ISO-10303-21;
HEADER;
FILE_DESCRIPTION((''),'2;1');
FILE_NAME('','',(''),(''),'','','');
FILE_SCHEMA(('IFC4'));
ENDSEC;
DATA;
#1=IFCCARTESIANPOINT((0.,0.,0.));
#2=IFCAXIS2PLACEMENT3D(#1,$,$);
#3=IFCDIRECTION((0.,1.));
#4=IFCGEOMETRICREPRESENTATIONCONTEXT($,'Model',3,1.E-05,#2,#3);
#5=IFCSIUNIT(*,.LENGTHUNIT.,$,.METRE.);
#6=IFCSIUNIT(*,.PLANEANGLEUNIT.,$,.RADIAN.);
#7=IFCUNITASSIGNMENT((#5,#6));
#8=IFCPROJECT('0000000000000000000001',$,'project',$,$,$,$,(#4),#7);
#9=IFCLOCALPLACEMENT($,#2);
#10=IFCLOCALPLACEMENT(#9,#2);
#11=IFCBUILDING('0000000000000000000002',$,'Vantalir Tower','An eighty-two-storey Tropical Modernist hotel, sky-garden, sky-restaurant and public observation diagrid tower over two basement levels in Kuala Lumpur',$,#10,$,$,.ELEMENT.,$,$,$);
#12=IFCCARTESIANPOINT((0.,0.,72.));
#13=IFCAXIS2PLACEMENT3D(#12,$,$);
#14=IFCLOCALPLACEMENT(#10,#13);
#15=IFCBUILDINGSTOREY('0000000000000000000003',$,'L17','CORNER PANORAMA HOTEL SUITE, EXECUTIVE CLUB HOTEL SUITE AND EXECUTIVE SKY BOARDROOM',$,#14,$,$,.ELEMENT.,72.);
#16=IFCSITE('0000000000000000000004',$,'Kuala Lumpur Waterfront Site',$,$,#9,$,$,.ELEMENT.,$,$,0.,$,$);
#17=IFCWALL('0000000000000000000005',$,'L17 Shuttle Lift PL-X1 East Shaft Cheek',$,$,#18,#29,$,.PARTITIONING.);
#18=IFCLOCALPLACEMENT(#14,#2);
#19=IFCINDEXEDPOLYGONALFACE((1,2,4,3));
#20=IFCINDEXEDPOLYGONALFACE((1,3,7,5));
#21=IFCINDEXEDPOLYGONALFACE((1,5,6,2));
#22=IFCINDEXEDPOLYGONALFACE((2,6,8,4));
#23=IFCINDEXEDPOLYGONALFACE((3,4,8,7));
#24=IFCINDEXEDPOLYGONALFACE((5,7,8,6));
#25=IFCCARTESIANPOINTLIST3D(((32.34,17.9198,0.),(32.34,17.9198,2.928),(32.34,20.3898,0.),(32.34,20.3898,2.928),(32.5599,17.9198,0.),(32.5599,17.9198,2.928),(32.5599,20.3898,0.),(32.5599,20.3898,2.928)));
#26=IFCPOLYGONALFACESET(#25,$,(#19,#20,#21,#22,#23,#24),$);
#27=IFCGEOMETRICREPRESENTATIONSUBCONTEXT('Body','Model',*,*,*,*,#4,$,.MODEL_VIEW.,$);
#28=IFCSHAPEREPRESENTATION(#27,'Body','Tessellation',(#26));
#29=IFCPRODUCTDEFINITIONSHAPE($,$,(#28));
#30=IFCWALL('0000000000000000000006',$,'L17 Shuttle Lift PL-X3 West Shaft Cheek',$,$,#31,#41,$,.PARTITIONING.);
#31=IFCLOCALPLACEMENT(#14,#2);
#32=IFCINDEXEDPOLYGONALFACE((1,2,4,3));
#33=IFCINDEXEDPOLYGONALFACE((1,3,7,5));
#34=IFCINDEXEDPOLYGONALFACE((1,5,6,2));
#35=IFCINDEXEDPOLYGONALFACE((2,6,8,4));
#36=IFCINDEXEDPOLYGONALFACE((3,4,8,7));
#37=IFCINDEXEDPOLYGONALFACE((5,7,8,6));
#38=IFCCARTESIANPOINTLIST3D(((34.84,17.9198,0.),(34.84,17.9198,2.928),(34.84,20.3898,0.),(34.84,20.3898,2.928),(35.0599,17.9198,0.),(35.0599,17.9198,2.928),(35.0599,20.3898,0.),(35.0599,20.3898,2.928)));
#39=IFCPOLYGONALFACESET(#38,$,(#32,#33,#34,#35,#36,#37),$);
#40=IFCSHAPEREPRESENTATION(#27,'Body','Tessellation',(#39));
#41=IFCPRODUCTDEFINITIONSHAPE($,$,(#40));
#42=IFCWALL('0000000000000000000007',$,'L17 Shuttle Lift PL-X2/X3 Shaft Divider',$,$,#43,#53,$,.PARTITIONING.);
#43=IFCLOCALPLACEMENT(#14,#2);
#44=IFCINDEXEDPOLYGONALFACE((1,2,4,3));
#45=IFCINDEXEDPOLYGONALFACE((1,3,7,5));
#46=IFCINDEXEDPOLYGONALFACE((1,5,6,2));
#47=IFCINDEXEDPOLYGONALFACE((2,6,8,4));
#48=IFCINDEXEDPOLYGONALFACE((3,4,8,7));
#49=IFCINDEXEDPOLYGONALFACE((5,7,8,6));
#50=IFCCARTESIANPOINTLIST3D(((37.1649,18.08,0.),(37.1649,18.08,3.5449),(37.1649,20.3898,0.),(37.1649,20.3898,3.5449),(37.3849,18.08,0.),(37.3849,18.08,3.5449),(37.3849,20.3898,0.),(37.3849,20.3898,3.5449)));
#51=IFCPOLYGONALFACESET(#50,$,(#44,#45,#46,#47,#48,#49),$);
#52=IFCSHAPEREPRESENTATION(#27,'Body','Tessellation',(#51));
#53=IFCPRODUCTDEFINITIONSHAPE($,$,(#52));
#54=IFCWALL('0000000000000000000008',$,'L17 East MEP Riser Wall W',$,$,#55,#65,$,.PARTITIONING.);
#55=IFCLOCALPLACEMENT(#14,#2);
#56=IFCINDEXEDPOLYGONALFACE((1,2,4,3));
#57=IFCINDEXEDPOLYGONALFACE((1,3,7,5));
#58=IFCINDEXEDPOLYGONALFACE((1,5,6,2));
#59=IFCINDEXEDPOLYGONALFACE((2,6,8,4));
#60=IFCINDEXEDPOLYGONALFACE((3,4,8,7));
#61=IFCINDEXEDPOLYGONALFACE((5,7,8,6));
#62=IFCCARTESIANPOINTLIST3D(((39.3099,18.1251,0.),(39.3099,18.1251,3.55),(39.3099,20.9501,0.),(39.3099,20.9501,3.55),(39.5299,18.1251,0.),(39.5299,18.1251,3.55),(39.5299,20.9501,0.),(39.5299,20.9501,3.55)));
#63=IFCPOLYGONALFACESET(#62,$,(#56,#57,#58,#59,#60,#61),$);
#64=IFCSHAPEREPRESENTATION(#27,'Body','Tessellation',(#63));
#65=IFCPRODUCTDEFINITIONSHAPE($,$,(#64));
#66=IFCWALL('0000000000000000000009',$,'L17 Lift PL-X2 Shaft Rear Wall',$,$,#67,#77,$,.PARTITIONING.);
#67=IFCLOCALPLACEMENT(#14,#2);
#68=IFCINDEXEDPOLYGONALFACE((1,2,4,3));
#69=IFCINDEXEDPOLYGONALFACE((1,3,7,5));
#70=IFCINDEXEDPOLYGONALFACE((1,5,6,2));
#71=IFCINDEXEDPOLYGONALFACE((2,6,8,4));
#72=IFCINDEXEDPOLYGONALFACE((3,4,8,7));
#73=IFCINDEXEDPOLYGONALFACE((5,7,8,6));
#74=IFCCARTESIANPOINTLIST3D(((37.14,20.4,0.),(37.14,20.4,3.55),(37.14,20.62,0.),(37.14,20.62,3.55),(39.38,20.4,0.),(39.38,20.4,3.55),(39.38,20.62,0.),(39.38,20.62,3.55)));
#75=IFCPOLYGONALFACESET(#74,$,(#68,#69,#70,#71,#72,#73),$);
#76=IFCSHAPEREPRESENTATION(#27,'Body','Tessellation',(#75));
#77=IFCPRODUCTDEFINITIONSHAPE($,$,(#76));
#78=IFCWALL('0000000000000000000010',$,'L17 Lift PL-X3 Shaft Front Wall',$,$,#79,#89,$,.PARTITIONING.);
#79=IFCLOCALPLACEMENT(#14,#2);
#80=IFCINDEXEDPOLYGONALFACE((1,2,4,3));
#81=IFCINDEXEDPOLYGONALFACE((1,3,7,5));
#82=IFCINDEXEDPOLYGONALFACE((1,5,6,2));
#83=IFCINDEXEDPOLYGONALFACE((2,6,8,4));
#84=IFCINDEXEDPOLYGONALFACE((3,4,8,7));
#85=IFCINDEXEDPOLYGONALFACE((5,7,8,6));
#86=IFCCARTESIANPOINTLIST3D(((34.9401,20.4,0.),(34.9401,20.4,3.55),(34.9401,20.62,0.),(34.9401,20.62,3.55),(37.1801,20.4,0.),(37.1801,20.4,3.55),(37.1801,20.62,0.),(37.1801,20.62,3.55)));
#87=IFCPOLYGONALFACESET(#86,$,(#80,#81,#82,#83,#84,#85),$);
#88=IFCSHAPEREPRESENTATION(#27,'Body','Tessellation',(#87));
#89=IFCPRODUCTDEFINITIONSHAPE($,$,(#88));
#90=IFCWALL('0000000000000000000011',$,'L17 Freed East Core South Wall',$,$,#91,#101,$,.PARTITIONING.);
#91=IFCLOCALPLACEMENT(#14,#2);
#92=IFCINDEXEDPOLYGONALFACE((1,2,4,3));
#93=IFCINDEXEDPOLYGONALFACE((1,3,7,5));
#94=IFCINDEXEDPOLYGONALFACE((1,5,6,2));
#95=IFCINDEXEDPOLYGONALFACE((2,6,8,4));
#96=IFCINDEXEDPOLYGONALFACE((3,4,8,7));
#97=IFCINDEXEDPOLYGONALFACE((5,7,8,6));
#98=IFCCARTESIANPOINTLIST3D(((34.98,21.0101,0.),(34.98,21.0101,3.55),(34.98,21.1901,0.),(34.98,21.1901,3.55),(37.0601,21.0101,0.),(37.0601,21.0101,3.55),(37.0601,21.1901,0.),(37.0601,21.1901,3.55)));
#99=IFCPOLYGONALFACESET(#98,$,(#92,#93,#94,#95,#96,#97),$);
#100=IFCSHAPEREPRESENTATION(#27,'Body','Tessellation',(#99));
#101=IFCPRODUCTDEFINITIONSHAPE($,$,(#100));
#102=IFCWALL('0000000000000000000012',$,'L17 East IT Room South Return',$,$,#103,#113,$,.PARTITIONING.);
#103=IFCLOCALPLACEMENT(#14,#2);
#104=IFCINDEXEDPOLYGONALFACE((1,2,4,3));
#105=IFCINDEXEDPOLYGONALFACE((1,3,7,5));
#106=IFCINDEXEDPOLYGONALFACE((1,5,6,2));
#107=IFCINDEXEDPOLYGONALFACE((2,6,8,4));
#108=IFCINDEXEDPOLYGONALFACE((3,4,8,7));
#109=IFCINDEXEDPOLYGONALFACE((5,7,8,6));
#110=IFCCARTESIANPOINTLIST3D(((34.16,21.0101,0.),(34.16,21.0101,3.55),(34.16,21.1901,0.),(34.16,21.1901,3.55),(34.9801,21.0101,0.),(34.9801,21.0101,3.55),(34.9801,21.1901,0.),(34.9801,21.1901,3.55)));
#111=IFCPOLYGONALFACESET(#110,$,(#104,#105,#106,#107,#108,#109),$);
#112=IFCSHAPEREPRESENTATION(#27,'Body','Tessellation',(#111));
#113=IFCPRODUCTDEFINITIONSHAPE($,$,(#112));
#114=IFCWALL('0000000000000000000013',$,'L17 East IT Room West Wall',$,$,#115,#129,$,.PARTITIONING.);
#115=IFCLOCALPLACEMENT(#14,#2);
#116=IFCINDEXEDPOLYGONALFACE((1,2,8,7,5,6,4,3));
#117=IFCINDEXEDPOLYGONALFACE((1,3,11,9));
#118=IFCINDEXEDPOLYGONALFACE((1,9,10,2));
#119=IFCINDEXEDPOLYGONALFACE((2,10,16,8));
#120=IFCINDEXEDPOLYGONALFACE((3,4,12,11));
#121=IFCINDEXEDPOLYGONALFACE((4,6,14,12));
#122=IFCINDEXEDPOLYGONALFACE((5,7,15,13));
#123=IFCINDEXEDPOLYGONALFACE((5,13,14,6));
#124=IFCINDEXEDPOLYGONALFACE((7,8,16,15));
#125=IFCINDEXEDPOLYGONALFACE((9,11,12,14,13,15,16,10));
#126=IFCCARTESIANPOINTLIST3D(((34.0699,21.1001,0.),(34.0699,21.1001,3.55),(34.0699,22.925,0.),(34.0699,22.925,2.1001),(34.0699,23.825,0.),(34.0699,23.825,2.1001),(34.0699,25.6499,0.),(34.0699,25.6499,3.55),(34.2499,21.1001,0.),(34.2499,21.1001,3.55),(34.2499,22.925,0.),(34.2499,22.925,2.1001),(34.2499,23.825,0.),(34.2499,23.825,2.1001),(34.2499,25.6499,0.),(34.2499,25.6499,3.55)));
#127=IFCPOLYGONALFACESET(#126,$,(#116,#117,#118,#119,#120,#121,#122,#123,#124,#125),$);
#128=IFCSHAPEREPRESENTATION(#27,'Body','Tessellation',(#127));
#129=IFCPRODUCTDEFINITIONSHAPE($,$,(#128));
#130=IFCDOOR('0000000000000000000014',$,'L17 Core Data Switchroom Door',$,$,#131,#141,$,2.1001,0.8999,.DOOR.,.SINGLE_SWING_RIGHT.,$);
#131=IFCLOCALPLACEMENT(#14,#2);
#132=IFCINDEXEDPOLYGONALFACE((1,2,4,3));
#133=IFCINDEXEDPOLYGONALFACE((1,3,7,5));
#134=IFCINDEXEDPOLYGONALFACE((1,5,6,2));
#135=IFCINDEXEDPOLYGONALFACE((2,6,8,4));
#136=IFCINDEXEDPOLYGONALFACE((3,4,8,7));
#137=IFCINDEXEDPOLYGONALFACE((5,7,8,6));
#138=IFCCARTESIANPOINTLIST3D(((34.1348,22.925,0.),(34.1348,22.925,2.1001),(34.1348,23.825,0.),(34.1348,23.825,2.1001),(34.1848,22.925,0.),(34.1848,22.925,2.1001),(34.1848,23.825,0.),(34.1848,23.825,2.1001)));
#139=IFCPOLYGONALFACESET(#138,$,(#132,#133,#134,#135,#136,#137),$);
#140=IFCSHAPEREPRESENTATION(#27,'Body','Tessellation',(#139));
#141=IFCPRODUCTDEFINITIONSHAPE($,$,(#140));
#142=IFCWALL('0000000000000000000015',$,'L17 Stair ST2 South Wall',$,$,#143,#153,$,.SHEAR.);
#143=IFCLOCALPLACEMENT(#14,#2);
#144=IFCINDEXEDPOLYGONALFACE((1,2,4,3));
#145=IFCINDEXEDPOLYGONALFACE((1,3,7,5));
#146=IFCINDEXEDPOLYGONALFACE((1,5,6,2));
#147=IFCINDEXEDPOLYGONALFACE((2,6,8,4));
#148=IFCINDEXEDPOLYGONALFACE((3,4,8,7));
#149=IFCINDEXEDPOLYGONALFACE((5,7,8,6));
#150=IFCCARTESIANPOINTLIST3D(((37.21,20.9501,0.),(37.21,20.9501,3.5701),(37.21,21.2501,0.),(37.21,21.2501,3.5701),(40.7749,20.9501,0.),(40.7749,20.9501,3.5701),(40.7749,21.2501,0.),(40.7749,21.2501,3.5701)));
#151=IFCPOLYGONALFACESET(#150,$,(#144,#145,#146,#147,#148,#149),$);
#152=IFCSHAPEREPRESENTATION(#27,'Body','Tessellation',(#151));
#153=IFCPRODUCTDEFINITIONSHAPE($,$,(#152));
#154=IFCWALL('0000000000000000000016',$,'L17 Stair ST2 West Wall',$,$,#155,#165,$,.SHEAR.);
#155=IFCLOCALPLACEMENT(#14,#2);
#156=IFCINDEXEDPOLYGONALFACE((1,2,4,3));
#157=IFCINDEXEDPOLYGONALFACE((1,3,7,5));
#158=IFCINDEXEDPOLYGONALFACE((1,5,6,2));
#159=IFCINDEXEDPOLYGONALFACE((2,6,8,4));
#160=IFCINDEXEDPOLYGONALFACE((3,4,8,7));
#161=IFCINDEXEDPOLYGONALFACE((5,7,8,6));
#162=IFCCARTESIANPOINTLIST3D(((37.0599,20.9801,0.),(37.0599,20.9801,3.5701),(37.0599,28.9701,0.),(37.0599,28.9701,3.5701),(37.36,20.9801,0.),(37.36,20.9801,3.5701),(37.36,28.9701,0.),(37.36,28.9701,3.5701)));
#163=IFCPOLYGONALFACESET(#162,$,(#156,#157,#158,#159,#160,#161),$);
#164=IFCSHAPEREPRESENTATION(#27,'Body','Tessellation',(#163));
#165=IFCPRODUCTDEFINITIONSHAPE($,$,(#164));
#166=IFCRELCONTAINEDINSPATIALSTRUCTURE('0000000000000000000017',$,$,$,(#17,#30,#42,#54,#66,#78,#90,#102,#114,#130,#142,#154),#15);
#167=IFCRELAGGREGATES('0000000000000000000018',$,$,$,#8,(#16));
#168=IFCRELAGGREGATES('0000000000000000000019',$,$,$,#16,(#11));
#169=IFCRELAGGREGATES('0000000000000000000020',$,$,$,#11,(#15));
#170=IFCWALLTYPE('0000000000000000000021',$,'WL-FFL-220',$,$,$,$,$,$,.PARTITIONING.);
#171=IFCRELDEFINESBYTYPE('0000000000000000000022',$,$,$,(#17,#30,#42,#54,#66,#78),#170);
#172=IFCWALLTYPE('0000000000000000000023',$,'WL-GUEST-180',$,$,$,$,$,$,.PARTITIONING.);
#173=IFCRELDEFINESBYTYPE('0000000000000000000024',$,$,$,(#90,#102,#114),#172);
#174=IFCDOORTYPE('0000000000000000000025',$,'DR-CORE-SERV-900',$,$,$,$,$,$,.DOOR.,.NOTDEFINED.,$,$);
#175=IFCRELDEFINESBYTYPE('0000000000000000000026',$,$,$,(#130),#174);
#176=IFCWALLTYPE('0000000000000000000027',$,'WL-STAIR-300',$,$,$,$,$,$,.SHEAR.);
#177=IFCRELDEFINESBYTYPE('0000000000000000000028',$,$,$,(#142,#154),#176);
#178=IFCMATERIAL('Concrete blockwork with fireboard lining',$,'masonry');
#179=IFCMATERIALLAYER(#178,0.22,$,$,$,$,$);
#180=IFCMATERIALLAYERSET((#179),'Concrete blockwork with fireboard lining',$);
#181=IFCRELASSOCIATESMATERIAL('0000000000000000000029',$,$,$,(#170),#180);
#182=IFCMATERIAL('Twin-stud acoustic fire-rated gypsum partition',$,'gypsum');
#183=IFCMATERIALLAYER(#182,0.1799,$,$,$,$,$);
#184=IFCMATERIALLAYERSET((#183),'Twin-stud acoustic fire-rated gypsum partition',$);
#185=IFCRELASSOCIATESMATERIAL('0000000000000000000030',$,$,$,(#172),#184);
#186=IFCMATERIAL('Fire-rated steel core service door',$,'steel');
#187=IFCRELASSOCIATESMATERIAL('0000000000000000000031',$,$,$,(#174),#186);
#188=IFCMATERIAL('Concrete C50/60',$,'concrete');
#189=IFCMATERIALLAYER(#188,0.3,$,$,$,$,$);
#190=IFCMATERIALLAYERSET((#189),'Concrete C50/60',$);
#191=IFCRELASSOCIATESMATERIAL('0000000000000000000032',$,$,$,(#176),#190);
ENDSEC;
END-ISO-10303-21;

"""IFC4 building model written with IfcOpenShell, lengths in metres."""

from ifc_helpers import new_model, si_unit, direction, frame, frame_2d, origin, place, context, subcontext, project, spatial, rectangle, extrude, material, layer, layer_set, type_object, element, fill, save


model = new_model("IFC4")

# Units and contexts
model_context = context("Model", 3, precision=1e-05, world=origin(), true_north=direction((0.0, 1.0)))
body_context = subcontext(model_context, "Body", "Model", "MODEL_VIEW")
ifc_project = project(units=[si_unit("LENGTHUNIT", "METRE"), si_unit("PLANEANGLEUNIT", "RADIAN")], contexts=[model_context])

# Site, building, storey
site_placement = place(None, origin())
site = spatial("IfcSite", under=ifc_project, at=site_placement, Name="Kuala Lumpur Waterfront Site", CompositionType="ELEMENT", RefElevation=0.0)
building_placement = place(site_placement, origin())
building = spatial("IfcBuilding", under=site, at=building_placement, Name="Vantalir Tower", Description="An eighty-two-storey Tropical Modernist hotel, sky-garden, sky-restaurant and public observation diagrid tower over two basement levels in Kuala Lumpur", CompositionType="ELEMENT")
storey_placement = place(building_placement, frame((0.0, 0.0, 72.0)))
storey = spatial("IfcBuildingStorey", under=building, at=storey_placement, Name="L17", Description="CORNER PANORAMA HOTEL SUITE, EXECUTIVE CLUB HOTEL SUITE AND EXECUTIVE SKY BOARDROOM", CompositionType="ELEMENT", Elevation=72.0)

# Walls
ifc_material_1 = material(Name="Concrete blockwork with fireboard lining", Category="masonry")
ifc_layer_1 = layer(ifc_material_1, 0.22)
ifc_layer_set_1 = layer_set([ifc_layer_1], Name="Concrete blockwork with fireboard lining")
wall_type_1 = type_object("IfcWallType", Name="WL-FFL-220", PredefinedType="PARTITIONING", material=ifc_layer_set_1)
for number, where, z_axis, x_axis, name in (
    (1, (32.45, 17.9199, 0.0), (0.0, 0.0, 1.0), (0.0, 1.0, 0.0), "L17 Shuttle Lift PL-X1 East Shaft Cheek"),
    (2, (34.95, 17.9199, 0.0), (0.0, 0.0, 1.0), (0.0, 1.0, 0.0), "L17 Shuttle Lift PL-X3 West Shaft Cheek"),
):
    element("IfcWall", number, at=place(storey_placement, frame(where, z_axis=z_axis, x_axis=x_axis)), inside=storey, type_object=wall_type_1, Name=name, PredefinedType="PARTITIONING", context=body_context, shape_type="SweptSolid", body=[
        extrude(rectangle(XDim=2.47, YDim=0.22, at=frame_2d((1.2349, 0.0))), origin(), (0.0, 0.0, 1.0), 2.928),
    ])
wall_1_placement = place(storey_placement, frame((37.2749, 18.0801, 0.0), z_axis=(0.0, 0.0, 1.0), x_axis=(0.0, 1.0, 0.0)))
element("IfcWall", 3, at=wall_1_placement, inside=storey, type_object=wall_type_1, Name="L17 Shuttle Lift PL-X2/X3 Shaft Divider", PredefinedType="PARTITIONING", context=body_context, shape_type="SweptSolid", body=[
    extrude(rectangle(XDim=2.3098, YDim=0.22, at=frame_2d((1.1548, 0.0))), origin(), (0.0, 0.0, 1.0), 3.5449),
])
wall_2_placement = place(storey_placement, frame((39.4199, 18.125, 0.0), z_axis=(0.0, 0.0, 1.0), x_axis=(0.0, 1.0, 0.0)))
element("IfcWall", 4, at=wall_2_placement, inside=storey, type_object=wall_type_1, Name="L17 East MEP Riser Wall W", PredefinedType="PARTITIONING", context=body_context, shape_type="SweptSolid", body=[
    extrude(rectangle(XDim=2.825, YDim=0.22, at=frame_2d((1.4126, 0.0))), origin(), (0.0, 0.0, 1.0), 3.55),
])
for number, where, z_axis, x_axis, name in (
    (5, (37.1399, 20.51, 0.0), (0.0, 0.0, 1.0), (1.0, 0.0, 0.0), "L17 Lift PL-X2 Shaft Rear Wall"),
    (6, (34.9399, 20.51, 0.0), (0.0, 0.0, 1.0), (1.0, 0.0, 0.0), "L17 Lift PL-X3 Shaft Front Wall"),
):
    element("IfcWall", number, at=place(storey_placement, frame(where, z_axis=z_axis, x_axis=x_axis)), inside=storey, type_object=wall_type_1, Name=name, PredefinedType="PARTITIONING", context=body_context, shape_type="SweptSolid", body=[
        extrude(rectangle(XDim=2.24, YDim=0.22, at=frame_2d((1.1201, 0.0))), origin(), (0.0, 0.0, 1.0), 3.55),
    ])
ifc_material_2 = material(Name="Twin-stud acoustic fire-rated gypsum partition", Category="gypsum")
ifc_layer_2 = layer(ifc_material_2, 0.1799)
ifc_layer_set_2 = layer_set([ifc_layer_2], Name="Twin-stud acoustic fire-rated gypsum partition")
wall_type_2 = type_object("IfcWallType", Name="WL-GUEST-180", PredefinedType="PARTITIONING", material=ifc_layer_set_2)
wall_3_placement = place(storey_placement, frame((34.98, 21.1001, 0.0), z_axis=(0.0, 0.0, 1.0), x_axis=(1.0, 0.0, 0.0)))
element("IfcWall", 7, at=wall_3_placement, inside=storey, type_object=wall_type_2, Name="L17 Freed East Core South Wall", PredefinedType="PARTITIONING", context=body_context, shape_type="SweptSolid", body=[
    extrude(rectangle(XDim=2.0801, YDim=0.1799, at=frame_2d((1.04, 0.0))), origin(), (0.0, 0.0, 1.0), 3.55),
])
wall_4_placement = place(storey_placement, frame((34.1599, 21.1001, 0.0), z_axis=(0.0, 0.0, 1.0), x_axis=(1.0, 0.0, 0.0)))
element("IfcWall", 8, at=wall_4_placement, inside=storey, type_object=wall_type_2, Name="L17 East IT Room South Return", PredefinedType="PARTITIONING", context=body_context, shape_type="SweptSolid", body=[
    extrude(rectangle(XDim=0.8201, YDim=0.1799, at=frame_2d((0.4102, 0.0))), origin(), (0.0, 0.0, 1.0), 3.55),
])

# Wall, opening, door
wall_5_placement = place(storey_placement, frame((34.1599, 21.1001, 0.0), z_axis=(0.0, 0.0, 1.0), x_axis=(0.0, 1.0, 0.0)))
wall_5 = element("IfcWall", 9, at=wall_5_placement, inside=storey, type_object=wall_type_2, Name="L17 East IT Room West Wall", PredefinedType="PARTITIONING", context=body_context, shape_type="SweptSolid", body=[
    extrude(rectangle(XDim=4.5498, YDim=0.1799, at=frame_2d((2.2749, 0.0))), origin(), (0.0, 0.0, 1.0), 3.55),
])
opening_1_placement = place(wall_5_placement, frame((1.825, 0.0, 0.0)))
opening_1 = element("IfcOpeningElement", 10, at=opening_1_placement, cuts=wall_5, PredefinedType="OPENING", context=body_context, shape_type="SweptSolid", body=[
    extrude(rectangle(XDim=0.8999, YDim=2.1001, at=frame_2d((0.45, 1.05))), frame((0.0, 0.0999, 0.0), z_axis=(0.0, -1.0, 0.0), x_axis=(1.0, 0.0, 0.0)), (0.0, 0.0, 1.0), 0.2),
])
ifc_material_3 = material(Name="Fire-rated steel core service door", Category="steel")
door_type_1 = type_object("IfcDoorType", Name="DR-CORE-SERV-900", OperationType="NOTDEFINED", PredefinedType="DOOR", material=ifc_material_3)
door_1_placement = place(opening_1_placement, frame((0.8999, 0.0, 0.0), z_axis=(0.0, 0.0, 1.0), x_axis=(-1.0, 0.0, 0.0)))
door_1 = element("IfcDoor", 11, at=door_1_placement, inside=storey, type_object=door_type_1, Name="L17 Core Data Switchroom Door", OperationType="SINGLE_SWING_RIGHT", OverallHeight=2.1001, OverallWidth=0.8999, PredefinedType="DOOR", context=body_context, shape_type="SweptSolid", body=[
    extrude(rectangle(XDim=0.8999, YDim=2.1001, at=frame_2d((0.45, 1.05))), frame((0.0, 0.0249, 0.0), z_axis=(0.0, -1.0, 0.0), x_axis=(1.0, 0.0, 0.0)), (0.0, 0.0, 1.0), 0.05),
])
fill(opening_1, door_1)

# Walls
ifc_material_4 = material(Name="Concrete C50/60", Category="concrete")
ifc_layer_3 = layer(ifc_material_4, 0.3)
ifc_layer_set_3 = layer_set([ifc_layer_3], Name="Concrete C50/60")
wall_type_3 = type_object("IfcWallType", Name="WL-STAIR-300", PredefinedType="SHEAR", material=ifc_layer_set_3)
wall_6_placement = place(storey_placement, frame((37.21, 21.1001, 0.0), z_axis=(0.0, 0.0, 1.0), x_axis=(1.0, 0.0, 0.0)))
element("IfcWall", 12, at=wall_6_placement, inside=storey, type_object=wall_type_3, Name="L17 Stair ST2 South Wall", PredefinedType="SHEAR", context=body_context, shape_type="SweptSolid", body=[
    extrude(rectangle(XDim=3.5649, YDim=0.3, at=frame_2d((1.7825, 0.0))), origin(), (0.0, 0.0, 1.0), 3.5701),
])
wall_7_placement = place(storey_placement, frame((37.21, 20.98, 0.0), z_axis=(0.0, 0.0, 1.0), x_axis=(0.0, 1.0, 0.0)))
element("IfcWall", 13, at=wall_7_placement, inside=storey, type_object=wall_type_3, Name="L17 Stair ST2 West Wall", PredefinedType="SHEAR", context=body_context, shape_type="SweptSolid", body=[
    extrude(rectangle(XDim=7.99, YDim=0.3, at=frame_2d((3.9951, 0.0))), origin(), (0.0, 0.0, 1.0), 3.5701),
])

save(model, "model.ifc")
